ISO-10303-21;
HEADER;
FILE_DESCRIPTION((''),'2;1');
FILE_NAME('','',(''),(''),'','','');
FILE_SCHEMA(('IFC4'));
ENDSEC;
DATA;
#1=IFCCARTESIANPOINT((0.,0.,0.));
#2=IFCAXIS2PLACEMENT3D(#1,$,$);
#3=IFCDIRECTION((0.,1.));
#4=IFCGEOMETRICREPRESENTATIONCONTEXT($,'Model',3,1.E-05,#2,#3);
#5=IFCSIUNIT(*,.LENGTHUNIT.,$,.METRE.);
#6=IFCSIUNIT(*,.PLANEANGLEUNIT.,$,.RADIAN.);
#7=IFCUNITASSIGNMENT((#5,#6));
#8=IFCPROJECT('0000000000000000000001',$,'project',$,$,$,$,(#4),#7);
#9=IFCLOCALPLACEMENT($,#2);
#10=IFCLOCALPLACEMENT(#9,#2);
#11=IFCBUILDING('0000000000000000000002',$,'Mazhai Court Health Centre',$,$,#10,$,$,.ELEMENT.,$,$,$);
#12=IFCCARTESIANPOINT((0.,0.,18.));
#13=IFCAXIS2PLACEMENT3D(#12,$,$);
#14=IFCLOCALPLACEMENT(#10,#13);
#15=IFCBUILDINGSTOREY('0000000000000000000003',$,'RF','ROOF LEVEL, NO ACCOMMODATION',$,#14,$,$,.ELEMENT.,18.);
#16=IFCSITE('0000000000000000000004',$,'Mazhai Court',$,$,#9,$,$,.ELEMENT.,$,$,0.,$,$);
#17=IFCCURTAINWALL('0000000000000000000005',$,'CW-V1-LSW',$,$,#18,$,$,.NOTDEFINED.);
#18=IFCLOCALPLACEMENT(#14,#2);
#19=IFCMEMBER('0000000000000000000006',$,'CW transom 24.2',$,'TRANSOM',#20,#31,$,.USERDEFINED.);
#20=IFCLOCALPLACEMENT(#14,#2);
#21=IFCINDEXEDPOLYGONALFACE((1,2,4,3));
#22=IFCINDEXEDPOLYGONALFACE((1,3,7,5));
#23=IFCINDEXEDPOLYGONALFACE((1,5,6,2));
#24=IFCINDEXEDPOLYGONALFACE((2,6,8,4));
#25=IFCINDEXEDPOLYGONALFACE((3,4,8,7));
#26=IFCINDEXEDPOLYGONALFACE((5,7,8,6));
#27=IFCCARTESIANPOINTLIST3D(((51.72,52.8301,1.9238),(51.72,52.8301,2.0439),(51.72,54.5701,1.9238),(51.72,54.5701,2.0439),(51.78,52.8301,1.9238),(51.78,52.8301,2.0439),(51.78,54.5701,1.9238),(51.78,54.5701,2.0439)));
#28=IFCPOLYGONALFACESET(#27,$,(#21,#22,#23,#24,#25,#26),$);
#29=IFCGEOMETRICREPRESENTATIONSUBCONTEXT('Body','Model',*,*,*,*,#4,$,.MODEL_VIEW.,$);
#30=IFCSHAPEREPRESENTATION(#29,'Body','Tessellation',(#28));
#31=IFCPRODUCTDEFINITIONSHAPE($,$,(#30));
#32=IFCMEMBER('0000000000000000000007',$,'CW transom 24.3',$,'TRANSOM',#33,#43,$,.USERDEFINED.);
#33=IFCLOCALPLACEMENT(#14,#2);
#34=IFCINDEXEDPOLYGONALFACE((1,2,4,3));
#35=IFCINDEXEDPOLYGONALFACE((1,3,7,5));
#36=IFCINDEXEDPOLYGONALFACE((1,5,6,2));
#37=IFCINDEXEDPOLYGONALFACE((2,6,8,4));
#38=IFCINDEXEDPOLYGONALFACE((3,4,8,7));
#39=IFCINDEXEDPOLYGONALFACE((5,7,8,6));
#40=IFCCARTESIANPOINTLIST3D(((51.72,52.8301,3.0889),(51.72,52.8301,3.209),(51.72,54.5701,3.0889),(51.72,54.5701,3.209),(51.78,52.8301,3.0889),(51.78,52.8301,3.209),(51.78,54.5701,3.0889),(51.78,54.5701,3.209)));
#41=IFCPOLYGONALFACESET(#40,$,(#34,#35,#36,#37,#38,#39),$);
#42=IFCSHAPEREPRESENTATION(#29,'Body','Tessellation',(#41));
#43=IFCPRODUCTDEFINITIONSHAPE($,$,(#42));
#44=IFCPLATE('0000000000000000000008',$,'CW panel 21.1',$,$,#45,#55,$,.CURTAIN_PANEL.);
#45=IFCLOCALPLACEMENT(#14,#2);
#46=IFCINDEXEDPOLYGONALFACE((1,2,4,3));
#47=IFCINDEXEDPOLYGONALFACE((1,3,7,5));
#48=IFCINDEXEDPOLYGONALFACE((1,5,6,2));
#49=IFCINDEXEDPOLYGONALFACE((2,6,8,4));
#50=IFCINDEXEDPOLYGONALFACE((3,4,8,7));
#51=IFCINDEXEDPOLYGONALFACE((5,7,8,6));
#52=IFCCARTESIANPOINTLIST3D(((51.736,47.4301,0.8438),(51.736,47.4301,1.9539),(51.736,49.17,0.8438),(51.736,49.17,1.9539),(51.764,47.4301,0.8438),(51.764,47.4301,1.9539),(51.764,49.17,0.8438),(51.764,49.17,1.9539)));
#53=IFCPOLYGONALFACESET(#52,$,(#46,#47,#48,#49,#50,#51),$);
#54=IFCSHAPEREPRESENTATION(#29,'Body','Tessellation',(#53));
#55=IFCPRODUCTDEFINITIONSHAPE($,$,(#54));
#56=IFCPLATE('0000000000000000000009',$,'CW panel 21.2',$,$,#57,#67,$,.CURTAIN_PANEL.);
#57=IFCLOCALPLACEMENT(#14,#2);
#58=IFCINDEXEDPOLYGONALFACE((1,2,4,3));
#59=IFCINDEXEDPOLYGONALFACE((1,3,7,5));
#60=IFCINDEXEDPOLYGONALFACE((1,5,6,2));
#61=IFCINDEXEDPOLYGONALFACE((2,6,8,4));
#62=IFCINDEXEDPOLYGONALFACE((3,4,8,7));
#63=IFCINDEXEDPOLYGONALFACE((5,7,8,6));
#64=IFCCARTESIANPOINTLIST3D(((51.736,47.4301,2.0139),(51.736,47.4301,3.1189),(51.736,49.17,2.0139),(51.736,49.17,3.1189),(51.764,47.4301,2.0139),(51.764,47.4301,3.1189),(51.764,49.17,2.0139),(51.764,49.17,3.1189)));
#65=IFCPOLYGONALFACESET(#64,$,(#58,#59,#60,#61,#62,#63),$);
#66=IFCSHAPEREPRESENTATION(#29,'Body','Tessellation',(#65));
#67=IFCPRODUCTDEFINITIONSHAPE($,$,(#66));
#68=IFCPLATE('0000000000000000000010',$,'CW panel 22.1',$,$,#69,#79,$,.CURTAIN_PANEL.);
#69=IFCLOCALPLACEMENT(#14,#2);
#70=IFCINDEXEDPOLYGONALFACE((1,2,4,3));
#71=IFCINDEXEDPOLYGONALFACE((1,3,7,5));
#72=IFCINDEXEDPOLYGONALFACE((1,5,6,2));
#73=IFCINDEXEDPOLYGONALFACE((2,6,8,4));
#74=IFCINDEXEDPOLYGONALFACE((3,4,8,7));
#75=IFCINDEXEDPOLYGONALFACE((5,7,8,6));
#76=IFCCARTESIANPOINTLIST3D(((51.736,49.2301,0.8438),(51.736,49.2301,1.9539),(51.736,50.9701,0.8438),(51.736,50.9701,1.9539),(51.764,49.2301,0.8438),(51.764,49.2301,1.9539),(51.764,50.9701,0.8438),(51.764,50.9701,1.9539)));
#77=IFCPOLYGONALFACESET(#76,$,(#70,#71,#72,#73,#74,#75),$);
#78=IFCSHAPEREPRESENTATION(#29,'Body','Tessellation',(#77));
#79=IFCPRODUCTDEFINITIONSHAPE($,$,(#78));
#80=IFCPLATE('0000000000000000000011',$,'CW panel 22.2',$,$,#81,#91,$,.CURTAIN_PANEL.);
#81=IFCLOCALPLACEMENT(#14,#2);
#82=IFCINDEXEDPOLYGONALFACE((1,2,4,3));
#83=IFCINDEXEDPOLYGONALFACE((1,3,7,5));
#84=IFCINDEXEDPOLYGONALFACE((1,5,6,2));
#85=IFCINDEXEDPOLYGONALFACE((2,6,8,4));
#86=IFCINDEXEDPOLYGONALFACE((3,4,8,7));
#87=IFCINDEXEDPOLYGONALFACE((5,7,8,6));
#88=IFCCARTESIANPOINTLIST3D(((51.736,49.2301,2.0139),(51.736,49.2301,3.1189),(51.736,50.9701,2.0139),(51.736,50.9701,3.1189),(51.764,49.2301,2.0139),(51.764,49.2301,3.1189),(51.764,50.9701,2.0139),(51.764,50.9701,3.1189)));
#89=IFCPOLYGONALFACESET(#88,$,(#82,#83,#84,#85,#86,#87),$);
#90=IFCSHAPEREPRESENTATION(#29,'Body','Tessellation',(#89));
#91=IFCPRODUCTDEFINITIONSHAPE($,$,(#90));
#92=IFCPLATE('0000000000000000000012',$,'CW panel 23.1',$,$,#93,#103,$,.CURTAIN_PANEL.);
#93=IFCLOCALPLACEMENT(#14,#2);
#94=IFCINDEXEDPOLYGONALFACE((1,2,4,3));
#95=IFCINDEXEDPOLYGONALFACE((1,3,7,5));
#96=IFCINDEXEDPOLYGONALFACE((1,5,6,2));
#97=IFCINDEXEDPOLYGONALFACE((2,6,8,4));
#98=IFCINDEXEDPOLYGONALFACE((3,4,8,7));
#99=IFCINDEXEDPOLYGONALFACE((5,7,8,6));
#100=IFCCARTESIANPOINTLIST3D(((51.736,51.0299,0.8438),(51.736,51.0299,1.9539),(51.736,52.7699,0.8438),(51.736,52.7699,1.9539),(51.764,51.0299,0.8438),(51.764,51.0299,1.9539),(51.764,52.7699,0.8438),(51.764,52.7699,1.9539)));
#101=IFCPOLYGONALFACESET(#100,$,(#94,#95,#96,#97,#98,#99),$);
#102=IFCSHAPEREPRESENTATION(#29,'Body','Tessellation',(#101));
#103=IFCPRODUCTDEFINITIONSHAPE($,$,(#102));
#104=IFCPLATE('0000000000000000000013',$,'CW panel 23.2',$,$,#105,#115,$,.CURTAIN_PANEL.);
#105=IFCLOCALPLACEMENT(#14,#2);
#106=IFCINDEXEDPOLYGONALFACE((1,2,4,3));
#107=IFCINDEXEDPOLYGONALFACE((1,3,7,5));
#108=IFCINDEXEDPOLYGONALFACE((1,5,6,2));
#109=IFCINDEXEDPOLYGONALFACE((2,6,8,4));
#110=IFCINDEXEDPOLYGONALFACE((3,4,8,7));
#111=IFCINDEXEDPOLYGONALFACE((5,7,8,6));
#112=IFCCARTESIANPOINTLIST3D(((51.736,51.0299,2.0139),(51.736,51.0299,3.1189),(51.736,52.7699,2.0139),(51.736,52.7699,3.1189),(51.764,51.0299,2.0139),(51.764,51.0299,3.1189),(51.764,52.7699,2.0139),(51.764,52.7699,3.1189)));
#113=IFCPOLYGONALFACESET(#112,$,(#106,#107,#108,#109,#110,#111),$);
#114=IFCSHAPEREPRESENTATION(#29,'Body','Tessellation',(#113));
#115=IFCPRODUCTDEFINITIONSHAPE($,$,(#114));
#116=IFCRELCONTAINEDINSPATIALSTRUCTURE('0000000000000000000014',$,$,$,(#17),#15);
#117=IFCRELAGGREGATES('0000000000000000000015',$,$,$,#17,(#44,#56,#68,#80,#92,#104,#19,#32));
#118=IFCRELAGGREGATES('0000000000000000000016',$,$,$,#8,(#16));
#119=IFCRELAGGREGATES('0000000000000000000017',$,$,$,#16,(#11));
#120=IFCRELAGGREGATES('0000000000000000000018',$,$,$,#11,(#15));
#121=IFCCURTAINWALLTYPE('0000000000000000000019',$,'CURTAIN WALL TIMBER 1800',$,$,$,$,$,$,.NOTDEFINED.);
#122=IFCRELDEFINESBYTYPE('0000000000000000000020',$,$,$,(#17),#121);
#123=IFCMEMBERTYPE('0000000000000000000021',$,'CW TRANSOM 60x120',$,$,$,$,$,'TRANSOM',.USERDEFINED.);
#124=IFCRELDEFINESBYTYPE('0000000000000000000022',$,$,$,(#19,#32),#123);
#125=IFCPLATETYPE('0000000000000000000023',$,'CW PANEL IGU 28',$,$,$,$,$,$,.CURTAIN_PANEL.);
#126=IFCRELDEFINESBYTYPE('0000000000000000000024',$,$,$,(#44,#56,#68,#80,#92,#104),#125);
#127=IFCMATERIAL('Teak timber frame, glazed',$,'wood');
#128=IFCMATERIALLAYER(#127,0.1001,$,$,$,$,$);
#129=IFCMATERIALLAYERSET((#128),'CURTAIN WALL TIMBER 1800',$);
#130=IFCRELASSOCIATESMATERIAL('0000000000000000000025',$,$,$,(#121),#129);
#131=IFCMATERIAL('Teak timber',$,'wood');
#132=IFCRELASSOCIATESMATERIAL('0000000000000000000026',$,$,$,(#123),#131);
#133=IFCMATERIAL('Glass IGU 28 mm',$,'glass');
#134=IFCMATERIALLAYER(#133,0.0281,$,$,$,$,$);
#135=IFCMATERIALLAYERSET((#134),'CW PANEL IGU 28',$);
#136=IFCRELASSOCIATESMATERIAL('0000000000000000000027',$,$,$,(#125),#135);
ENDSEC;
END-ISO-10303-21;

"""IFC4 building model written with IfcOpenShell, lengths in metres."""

from ifc_helpers import new_model, si_unit, direction, frame, origin, origin_2d, place, context, subcontext, project, spatial, rectangle, extrude, material, layer, layer_set, material_profile, profile_set, type_object, element, aggregate, save


model = new_model("IFC4")

# Units and contexts
model_context = context("Model", 3, precision=1e-05, world=origin(), true_north=direction((0.0, 1.0)))
body_context = subcontext(model_context, "Body", "Model", "MODEL_VIEW")
ifc_project = project(units=[si_unit("LENGTHUNIT", "METRE"), si_unit("PLANEANGLEUNIT", "RADIAN")], contexts=[model_context])

# Site, building, storey
site_placement = place(None, origin())
site = spatial("IfcSite", under=ifc_project, at=site_placement, Name="Mazhai Court", CompositionType="ELEMENT", RefElevation=0.0)
building_placement = place(site_placement, origin())
building = spatial("IfcBuilding", under=site, at=building_placement, Name="Mazhai Court Health Centre", CompositionType="ELEMENT")
storey_placement = place(building_placement, frame((0.0, 0.0, 18.0)))
storey = spatial("IfcBuildingStorey", under=building, at=storey_placement, Name="RF", Description="ROOF LEVEL, NO ACCOMMODATION", CompositionType="ELEMENT", Elevation=18.0)

# Curtain wall, members, plates
ifc_material_1 = material(Name="Teak timber frame, glazed", Category="wood")
ifc_layer_1 = layer(ifc_material_1, 0.1001)
ifc_layer_set_1 = layer_set([ifc_layer_1], Name="CURTAIN WALL TIMBER 1800")
curtain_wall_type = type_object("IfcCurtainWallType", Name="CURTAIN WALL TIMBER 1800", PredefinedType="NOTDEFINED", material=ifc_layer_set_1)
curtain_wall_placement = place(storey_placement, origin())
curtain_wall = element("IfcCurtainWall", 1, at=curtain_wall_placement, inside=storey, type_object=curtain_wall_type, Name="CW-V1-LSW", PredefinedType="NOTDEFINED")
ifc_material_2 = material(Name="Teak timber", Category="wood")
ifc_material_profile_1 = material_profile(ifc_material_2, rectangle(XDim=0.0601, YDim=0.1201, at=origin_2d()), Name="CW TRANSOM 60x120")
ifc_profile_set_1 = profile_set([ifc_material_profile_1], Name="Teak timber")
member_type_1 = type_object("IfcMemberType", Name="CW TRANSOM 60x120", ElementType="TRANSOM", PredefinedType="USERDEFINED", material=ifc_profile_set_1)
member_1_placement = place(storey_placement, frame((51.75, 52.8301, 1.9839), z_axis=(0.0, 1.0, 0.0), x_axis=(-1.0, 0.0, 0.0)))
member_1 = element("IfcMember", 2, at=member_1_placement, type_object=member_type_1, Name="CW transom 24.2", ObjectType="TRANSOM", PredefinedType="USERDEFINED", context=body_context, shape_type="SweptSolid", body=[
    extrude(rectangle(XDim=0.0601, YDim=0.1201, at=origin_2d()), origin(), (0.0, 0.0, 1.0), 1.74),
])
member_2_placement = place(storey_placement, frame((51.75, 52.8301, 3.1489), z_axis=(0.0, 1.0, 0.0), x_axis=(-1.0, 0.0, 0.0)))
member_2 = element("IfcMember", 3, at=member_2_placement, type_object=member_type_1, Name="CW transom 24.3", ObjectType="TRANSOM", PredefinedType="USERDEFINED", context=body_context, shape_type="SweptSolid", body=[
    extrude(rectangle(XDim=0.0601, YDim=0.1201, at=origin_2d()), origin(), (0.0, 0.0, 1.0), 1.74),
])
ifc_material_3 = material(Name="Glass IGU 28 mm", Category="glass")
ifc_layer_2 = layer(ifc_material_3, 0.0281)
ifc_layer_set_2 = layer_set([ifc_layer_2], Name="CW PANEL IGU 28")
plate_type = type_object("IfcPlateType", Name="CW PANEL IGU 28", PredefinedType="CURTAIN_PANEL", material=ifc_layer_set_2)
plate_1_placement = place(storey_placement, frame((51.75, 48.3, 0.8438), z_axis=(0.0, 0.0, 1.0), x_axis=(0.0, 1.0, 0.0)))
plate_1 = element("IfcPlate", 4, at=plate_1_placement, type_object=plate_type, Name="CW panel 21.1", PredefinedType="CURTAIN_PANEL", context=body_context, shape_type="SweptSolid", body=[
    extrude(rectangle(XDim=1.74, YDim=0.0281, at=origin_2d()), origin(), (0.0, 0.0, 1.0), 1.1101),
])
plate_2_placement = place(storey_placement, frame((51.75, 48.3, 2.0139), z_axis=(0.0, 0.0, 1.0), x_axis=(0.0, 1.0, 0.0)))
plate_2 = element("IfcPlate", 5, at=plate_2_placement, type_object=plate_type, Name="CW panel 21.2", PredefinedType="CURTAIN_PANEL", context=body_context, shape_type="SweptSolid", body=[
    extrude(rectangle(XDim=1.74, YDim=0.0281, at=origin_2d()), origin(), (0.0, 0.0, 1.0), 1.105),
])
plate_3_placement = place(storey_placement, frame((51.75, 50.1001, 0.8438), z_axis=(0.0, 0.0, 1.0), x_axis=(0.0, 1.0, 0.0)))
plate_3 = element("IfcPlate", 6, at=plate_3_placement, type_object=plate_type, Name="CW panel 22.1", PredefinedType="CURTAIN_PANEL", context=body_context, shape_type="SweptSolid", body=[
    extrude(rectangle(XDim=1.74, YDim=0.0281, at=origin_2d()), origin(), (0.0, 0.0, 1.0), 1.1101),
])
plate_4_placement = place(storey_placement, frame((51.75, 50.1001, 2.0139), z_axis=(0.0, 0.0, 1.0), x_axis=(0.0, 1.0, 0.0)))
plate_4 = element("IfcPlate", 7, at=plate_4_placement, type_object=plate_type, Name="CW panel 22.2", PredefinedType="CURTAIN_PANEL", context=body_context, shape_type="SweptSolid", body=[
    extrude(rectangle(XDim=1.74, YDim=0.0281, at=origin_2d()), origin(), (0.0, 0.0, 1.0), 1.105),
])
plate_5_placement = place(storey_placement, frame((51.75, 51.8999, 0.8438), z_axis=(0.0, 0.0, 1.0), x_axis=(0.0, 1.0, 0.0)))
plate_5 = element("IfcPlate", 8, at=plate_5_placement, type_object=plate_type, Name="CW panel 23.1", PredefinedType="CURTAIN_PANEL", context=body_context, shape_type="SweptSolid", body=[
    extrude(rectangle(XDim=1.74, YDim=0.0281, at=origin_2d()), origin(), (0.0, 0.0, 1.0), 1.1101),
])
plate_6_placement = place(storey_placement, frame((51.75, 51.8999, 2.0139), z_axis=(0.0, 0.0, 1.0), x_axis=(0.0, 1.0, 0.0)))
plate_6 = element("IfcPlate", 9, at=plate_6_placement, type_object=plate_type, Name="CW panel 23.2", PredefinedType="CURTAIN_PANEL", context=body_context, shape_type="SweptSolid", body=[
    extrude(rectangle(XDim=1.74, YDim=0.0281, at=origin_2d()), origin(), (0.0, 0.0, 1.0), 1.105),
])
aggregate(curtain_wall, [plate_1, plate_2, plate_3, plate_4, plate_5, plate_6, member_1, member_2])

save(model, "model.ifc")
